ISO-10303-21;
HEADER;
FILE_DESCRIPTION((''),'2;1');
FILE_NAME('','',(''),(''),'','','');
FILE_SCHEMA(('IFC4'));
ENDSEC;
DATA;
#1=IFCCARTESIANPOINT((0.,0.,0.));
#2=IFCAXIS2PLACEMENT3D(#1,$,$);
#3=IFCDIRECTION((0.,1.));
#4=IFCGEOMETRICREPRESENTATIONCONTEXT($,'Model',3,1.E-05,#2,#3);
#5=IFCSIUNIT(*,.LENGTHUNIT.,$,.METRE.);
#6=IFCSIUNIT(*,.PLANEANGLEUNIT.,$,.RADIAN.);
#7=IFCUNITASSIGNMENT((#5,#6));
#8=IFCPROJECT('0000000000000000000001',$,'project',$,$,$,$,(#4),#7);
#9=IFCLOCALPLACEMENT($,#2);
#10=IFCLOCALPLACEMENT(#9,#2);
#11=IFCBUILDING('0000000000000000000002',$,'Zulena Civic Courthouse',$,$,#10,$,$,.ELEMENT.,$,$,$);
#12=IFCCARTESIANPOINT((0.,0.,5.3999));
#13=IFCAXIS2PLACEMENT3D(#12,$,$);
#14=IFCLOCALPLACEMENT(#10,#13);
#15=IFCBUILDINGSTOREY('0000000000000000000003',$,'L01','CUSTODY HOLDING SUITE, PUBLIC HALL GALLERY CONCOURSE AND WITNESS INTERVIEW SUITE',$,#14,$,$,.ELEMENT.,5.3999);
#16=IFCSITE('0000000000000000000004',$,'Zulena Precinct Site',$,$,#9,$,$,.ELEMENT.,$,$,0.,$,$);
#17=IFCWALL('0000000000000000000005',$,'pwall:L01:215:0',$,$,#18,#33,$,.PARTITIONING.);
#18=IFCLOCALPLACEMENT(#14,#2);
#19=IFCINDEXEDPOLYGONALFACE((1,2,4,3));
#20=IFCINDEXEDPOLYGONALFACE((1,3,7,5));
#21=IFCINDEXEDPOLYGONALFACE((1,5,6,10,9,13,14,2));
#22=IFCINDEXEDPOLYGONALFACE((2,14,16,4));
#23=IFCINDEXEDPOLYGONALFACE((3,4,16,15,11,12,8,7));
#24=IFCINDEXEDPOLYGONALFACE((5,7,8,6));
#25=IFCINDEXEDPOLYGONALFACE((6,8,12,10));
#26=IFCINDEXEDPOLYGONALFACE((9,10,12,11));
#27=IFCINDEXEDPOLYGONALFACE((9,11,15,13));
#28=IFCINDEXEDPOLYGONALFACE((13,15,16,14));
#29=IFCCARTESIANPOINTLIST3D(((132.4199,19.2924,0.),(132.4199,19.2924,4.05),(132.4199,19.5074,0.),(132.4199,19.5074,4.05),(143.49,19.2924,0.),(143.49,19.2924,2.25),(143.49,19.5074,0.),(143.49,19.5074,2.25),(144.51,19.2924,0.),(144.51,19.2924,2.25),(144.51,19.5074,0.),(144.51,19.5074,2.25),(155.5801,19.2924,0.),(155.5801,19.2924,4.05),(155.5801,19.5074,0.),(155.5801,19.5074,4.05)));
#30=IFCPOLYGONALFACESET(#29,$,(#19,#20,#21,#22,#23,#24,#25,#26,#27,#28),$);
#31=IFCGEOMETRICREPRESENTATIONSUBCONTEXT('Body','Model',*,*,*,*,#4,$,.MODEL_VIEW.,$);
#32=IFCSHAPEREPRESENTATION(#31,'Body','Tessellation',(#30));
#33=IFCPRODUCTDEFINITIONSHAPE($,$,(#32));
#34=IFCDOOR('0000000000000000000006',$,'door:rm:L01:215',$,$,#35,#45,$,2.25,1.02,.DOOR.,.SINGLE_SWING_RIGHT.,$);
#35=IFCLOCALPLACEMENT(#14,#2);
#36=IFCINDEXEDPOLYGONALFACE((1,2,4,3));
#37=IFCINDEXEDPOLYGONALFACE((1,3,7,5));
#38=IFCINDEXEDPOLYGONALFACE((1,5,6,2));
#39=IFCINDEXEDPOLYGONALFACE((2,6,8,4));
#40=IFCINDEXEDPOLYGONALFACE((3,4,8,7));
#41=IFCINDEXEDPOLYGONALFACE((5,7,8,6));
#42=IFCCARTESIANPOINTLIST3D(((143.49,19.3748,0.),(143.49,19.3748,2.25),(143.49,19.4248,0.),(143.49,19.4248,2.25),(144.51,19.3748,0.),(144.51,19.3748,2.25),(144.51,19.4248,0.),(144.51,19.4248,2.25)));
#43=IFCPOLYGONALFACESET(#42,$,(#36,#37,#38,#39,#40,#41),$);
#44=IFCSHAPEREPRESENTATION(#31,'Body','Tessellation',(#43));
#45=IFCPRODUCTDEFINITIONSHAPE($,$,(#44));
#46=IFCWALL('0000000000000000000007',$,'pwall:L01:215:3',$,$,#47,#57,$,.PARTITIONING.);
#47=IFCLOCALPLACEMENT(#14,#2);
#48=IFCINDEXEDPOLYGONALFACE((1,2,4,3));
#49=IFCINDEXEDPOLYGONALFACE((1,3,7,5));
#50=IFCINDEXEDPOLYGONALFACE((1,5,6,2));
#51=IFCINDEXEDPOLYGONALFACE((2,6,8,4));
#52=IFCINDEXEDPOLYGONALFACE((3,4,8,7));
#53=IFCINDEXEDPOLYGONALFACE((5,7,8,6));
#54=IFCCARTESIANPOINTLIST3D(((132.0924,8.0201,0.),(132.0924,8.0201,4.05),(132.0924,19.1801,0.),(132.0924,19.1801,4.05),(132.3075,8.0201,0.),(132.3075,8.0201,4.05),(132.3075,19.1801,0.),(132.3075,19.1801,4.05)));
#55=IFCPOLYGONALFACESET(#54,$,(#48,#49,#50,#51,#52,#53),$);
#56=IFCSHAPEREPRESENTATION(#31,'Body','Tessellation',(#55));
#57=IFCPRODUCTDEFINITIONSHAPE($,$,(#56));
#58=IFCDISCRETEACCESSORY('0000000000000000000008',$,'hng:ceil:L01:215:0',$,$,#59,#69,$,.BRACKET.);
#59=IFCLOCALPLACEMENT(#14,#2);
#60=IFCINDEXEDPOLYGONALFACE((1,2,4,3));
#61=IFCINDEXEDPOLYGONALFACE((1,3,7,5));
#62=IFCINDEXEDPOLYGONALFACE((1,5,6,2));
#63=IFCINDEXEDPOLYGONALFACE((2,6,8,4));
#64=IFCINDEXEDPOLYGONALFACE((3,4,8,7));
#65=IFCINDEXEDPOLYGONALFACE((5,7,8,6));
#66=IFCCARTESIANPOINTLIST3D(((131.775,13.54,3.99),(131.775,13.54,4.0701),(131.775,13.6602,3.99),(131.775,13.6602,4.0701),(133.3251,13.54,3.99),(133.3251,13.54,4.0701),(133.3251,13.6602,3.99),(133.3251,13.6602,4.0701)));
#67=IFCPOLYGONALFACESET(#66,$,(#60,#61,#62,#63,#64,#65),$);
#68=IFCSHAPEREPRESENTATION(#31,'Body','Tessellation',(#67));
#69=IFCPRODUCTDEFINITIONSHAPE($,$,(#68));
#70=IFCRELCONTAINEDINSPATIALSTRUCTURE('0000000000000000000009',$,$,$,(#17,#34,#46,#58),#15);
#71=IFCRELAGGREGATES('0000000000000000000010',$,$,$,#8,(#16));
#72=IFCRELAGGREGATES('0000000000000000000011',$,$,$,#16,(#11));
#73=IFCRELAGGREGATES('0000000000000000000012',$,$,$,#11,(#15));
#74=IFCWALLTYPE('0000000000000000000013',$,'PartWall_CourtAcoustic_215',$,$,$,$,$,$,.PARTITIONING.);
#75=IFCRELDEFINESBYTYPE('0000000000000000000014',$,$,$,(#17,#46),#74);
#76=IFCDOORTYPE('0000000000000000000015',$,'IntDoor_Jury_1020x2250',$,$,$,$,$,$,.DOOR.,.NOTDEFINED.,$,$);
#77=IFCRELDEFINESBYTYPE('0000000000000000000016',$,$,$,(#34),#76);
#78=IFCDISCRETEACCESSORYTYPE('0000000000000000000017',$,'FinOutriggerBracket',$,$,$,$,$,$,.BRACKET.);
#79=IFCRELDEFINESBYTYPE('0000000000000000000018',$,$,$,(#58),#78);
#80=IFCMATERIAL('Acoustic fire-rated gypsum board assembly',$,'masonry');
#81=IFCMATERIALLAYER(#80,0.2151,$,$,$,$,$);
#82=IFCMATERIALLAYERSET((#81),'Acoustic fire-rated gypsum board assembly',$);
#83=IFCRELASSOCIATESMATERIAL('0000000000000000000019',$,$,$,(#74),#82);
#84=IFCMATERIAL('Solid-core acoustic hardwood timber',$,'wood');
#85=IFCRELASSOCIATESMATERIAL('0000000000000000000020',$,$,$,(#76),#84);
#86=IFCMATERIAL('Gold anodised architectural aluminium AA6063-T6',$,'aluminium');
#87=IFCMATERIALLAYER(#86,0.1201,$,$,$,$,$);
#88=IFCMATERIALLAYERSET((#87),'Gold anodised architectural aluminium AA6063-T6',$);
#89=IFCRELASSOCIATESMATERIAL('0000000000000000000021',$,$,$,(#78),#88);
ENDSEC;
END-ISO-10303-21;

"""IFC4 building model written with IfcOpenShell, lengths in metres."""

from ifc_helpers import new_model, si_unit, direction, frame, frame_2d, origin, origin_2d, place, context, subcontext, project, spatial, rectangle, extrude, material, layer, layer_set, type_object, element, fill, save


model = new_model("IFC4")

# Units and contexts
model_context = context("Model", 3, precision=1e-05, world=origin(), true_north=direction((0.0, 1.0)))
body_context = subcontext(model_context, "Body", "Model", "MODEL_VIEW")
ifc_project = project(units=[si_unit("LENGTHUNIT", "METRE"), si_unit("PLANEANGLEUNIT", "RADIAN")], contexts=[model_context])

# Site, building, storey
site_placement = place(None, origin())
site = spatial("IfcSite", under=ifc_project, at=site_placement, Name="Zulena Precinct Site", CompositionType="ELEMENT", RefElevation=0.0)
building_placement = place(site_placement, origin())
building = spatial("IfcBuilding", under=site, at=building_placement, Name="Zulena Civic Courthouse", CompositionType="ELEMENT")
storey_placement = place(building_placement, frame((0.0, 0.0, 5.3999)))
storey = spatial("IfcBuildingStorey", under=building, at=storey_placement, Name="L01", Description="CUSTODY HOLDING SUITE, PUBLIC HALL GALLERY CONCOURSE AND WITNESS INTERVIEW SUITE", CompositionType="ELEMENT", Elevation=5.3999)

# Wall, opening, door
ifc_material_1 = material(Name="Acoustic fire-rated gypsum board assembly", Category="masonry")
ifc_material_2 = material(Name="Solid-core acoustic hardwood timber", Category="wood")
ifc_layer_1 = layer(ifc_material_1, 0.2151)
ifc_layer_set_1 = layer_set([ifc_layer_1], Name="Acoustic fire-rated gypsum board assembly")
wall_type_1 = type_object("IfcWallType", Name="PartWall_CourtAcoustic_215", PredefinedType="PARTITIONING", material=ifc_layer_set_1)
wall_1_placement = place(storey_placement, frame((132.4199, 19.3999, 0.0), z_axis=(0.0, 0.0, 1.0), x_axis=(1.0, 0.0, 0.0)))
wall_1 = element("IfcWall", 1, at=wall_1_placement, inside=storey, type_object=wall_type_1, Name="pwall:L01:215:0", PredefinedType="PARTITIONING", context=body_context, shape_type="SweptSolid", body=[
    extrude(rectangle(XDim=23.1602, YDim=0.2151, at=frame_2d((11.5801, 0.0))), origin(), (0.0, 0.0, 1.0), 4.05),
])
opening_1_placement = place(wall_1_placement, frame((11.0701, 0.0, 0.0)))
opening_1 = element("IfcOpeningElement", 2, at=opening_1_placement, cuts=wall_1, PredefinedType="OPENING", context=body_context, shape_type="SweptSolid", body=[
    extrude(rectangle(XDim=1.02, YDim=2.25, at=frame_2d((0.51, 1.125))), frame((0.0, 0.1174, 0.0), z_axis=(0.0, -1.0, 0.0), x_axis=(1.0, 0.0, 0.0)), (0.0, 0.0, 1.0), 0.2351),
])
door_type_1 = type_object("IfcDoorType", Name="IntDoor_Jury_1020x2250", OperationType="NOTDEFINED", PredefinedType="DOOR", material=ifc_material_2)
door_1_placement = place(opening_1_placement, origin())
door_1 = element("IfcDoor", 3, at=door_1_placement, inside=storey, type_object=door_type_1, Name="door:rm:L01:215", OperationType="SINGLE_SWING_RIGHT", OverallHeight=2.25, OverallWidth=1.02, PredefinedType="DOOR", context=body_context, shape_type="SweptSolid", body=[
    extrude(rectangle(XDim=1.02, YDim=2.25, at=frame_2d((0.51, 1.125))), frame((0.0, 0.0249, 0.0), z_axis=(0.0, -1.0, 0.0), x_axis=(1.0, 0.0, 0.0)), (0.0, 0.0, 1.0), 0.05),
])
fill(opening_1, door_1)

# Wall
wall_2_placement = place(storey_placement, frame((132.2, 8.02, 0.0), z_axis=(0.0, 0.0, 1.0), x_axis=(0.0, 1.0, 0.0)))
element("IfcWall", 4, at=wall_2_placement, inside=storey, type_object=wall_type_1, Name="pwall:L01:215:3", PredefinedType="PARTITIONING", context=body_context, shape_type="SweptSolid", body=[
    extrude(rectangle(XDim=11.1599, YDim=0.2151, at=frame_2d((5.5801, 0.0))), origin(), (0.0, 0.0, 1.0), 4.05),
])

# Discrete accessory
ifc_material_3 = material(Name="Gold anodised architectural aluminium AA6063-T6", Category="aluminium")
ifc_layer_2 = layer(ifc_material_3, 0.1201)
ifc_layer_set_2 = layer_set([ifc_layer_2], Name="Gold anodised architectural aluminium AA6063-T6")
discrete_accessory_type = type_object("IfcDiscreteAccessoryType", Name="FinOutriggerBracket", PredefinedType="BRACKET", material=ifc_layer_set_2)
discrete_accessory_placement = place(storey_placement, frame((132.55, 13.6001, 3.99), z_axis=(0.0, 0.0, 1.0), x_axis=(1.0, 0.0, 0.0)))
element("IfcDiscreteAccessory", 5, at=discrete_accessory_placement, inside=storey, type_object=discrete_accessory_type, Name="hng:ceil:L01:215:0", PredefinedType="BRACKET", context=body_context, shape_type="SweptSolid", body=[
    extrude(rectangle(XDim=1.55, YDim=0.1201, at=origin_2d()), origin(), (0.0, 0.0, 1.0), 0.0801),
])

save(model, "model.ifc")
